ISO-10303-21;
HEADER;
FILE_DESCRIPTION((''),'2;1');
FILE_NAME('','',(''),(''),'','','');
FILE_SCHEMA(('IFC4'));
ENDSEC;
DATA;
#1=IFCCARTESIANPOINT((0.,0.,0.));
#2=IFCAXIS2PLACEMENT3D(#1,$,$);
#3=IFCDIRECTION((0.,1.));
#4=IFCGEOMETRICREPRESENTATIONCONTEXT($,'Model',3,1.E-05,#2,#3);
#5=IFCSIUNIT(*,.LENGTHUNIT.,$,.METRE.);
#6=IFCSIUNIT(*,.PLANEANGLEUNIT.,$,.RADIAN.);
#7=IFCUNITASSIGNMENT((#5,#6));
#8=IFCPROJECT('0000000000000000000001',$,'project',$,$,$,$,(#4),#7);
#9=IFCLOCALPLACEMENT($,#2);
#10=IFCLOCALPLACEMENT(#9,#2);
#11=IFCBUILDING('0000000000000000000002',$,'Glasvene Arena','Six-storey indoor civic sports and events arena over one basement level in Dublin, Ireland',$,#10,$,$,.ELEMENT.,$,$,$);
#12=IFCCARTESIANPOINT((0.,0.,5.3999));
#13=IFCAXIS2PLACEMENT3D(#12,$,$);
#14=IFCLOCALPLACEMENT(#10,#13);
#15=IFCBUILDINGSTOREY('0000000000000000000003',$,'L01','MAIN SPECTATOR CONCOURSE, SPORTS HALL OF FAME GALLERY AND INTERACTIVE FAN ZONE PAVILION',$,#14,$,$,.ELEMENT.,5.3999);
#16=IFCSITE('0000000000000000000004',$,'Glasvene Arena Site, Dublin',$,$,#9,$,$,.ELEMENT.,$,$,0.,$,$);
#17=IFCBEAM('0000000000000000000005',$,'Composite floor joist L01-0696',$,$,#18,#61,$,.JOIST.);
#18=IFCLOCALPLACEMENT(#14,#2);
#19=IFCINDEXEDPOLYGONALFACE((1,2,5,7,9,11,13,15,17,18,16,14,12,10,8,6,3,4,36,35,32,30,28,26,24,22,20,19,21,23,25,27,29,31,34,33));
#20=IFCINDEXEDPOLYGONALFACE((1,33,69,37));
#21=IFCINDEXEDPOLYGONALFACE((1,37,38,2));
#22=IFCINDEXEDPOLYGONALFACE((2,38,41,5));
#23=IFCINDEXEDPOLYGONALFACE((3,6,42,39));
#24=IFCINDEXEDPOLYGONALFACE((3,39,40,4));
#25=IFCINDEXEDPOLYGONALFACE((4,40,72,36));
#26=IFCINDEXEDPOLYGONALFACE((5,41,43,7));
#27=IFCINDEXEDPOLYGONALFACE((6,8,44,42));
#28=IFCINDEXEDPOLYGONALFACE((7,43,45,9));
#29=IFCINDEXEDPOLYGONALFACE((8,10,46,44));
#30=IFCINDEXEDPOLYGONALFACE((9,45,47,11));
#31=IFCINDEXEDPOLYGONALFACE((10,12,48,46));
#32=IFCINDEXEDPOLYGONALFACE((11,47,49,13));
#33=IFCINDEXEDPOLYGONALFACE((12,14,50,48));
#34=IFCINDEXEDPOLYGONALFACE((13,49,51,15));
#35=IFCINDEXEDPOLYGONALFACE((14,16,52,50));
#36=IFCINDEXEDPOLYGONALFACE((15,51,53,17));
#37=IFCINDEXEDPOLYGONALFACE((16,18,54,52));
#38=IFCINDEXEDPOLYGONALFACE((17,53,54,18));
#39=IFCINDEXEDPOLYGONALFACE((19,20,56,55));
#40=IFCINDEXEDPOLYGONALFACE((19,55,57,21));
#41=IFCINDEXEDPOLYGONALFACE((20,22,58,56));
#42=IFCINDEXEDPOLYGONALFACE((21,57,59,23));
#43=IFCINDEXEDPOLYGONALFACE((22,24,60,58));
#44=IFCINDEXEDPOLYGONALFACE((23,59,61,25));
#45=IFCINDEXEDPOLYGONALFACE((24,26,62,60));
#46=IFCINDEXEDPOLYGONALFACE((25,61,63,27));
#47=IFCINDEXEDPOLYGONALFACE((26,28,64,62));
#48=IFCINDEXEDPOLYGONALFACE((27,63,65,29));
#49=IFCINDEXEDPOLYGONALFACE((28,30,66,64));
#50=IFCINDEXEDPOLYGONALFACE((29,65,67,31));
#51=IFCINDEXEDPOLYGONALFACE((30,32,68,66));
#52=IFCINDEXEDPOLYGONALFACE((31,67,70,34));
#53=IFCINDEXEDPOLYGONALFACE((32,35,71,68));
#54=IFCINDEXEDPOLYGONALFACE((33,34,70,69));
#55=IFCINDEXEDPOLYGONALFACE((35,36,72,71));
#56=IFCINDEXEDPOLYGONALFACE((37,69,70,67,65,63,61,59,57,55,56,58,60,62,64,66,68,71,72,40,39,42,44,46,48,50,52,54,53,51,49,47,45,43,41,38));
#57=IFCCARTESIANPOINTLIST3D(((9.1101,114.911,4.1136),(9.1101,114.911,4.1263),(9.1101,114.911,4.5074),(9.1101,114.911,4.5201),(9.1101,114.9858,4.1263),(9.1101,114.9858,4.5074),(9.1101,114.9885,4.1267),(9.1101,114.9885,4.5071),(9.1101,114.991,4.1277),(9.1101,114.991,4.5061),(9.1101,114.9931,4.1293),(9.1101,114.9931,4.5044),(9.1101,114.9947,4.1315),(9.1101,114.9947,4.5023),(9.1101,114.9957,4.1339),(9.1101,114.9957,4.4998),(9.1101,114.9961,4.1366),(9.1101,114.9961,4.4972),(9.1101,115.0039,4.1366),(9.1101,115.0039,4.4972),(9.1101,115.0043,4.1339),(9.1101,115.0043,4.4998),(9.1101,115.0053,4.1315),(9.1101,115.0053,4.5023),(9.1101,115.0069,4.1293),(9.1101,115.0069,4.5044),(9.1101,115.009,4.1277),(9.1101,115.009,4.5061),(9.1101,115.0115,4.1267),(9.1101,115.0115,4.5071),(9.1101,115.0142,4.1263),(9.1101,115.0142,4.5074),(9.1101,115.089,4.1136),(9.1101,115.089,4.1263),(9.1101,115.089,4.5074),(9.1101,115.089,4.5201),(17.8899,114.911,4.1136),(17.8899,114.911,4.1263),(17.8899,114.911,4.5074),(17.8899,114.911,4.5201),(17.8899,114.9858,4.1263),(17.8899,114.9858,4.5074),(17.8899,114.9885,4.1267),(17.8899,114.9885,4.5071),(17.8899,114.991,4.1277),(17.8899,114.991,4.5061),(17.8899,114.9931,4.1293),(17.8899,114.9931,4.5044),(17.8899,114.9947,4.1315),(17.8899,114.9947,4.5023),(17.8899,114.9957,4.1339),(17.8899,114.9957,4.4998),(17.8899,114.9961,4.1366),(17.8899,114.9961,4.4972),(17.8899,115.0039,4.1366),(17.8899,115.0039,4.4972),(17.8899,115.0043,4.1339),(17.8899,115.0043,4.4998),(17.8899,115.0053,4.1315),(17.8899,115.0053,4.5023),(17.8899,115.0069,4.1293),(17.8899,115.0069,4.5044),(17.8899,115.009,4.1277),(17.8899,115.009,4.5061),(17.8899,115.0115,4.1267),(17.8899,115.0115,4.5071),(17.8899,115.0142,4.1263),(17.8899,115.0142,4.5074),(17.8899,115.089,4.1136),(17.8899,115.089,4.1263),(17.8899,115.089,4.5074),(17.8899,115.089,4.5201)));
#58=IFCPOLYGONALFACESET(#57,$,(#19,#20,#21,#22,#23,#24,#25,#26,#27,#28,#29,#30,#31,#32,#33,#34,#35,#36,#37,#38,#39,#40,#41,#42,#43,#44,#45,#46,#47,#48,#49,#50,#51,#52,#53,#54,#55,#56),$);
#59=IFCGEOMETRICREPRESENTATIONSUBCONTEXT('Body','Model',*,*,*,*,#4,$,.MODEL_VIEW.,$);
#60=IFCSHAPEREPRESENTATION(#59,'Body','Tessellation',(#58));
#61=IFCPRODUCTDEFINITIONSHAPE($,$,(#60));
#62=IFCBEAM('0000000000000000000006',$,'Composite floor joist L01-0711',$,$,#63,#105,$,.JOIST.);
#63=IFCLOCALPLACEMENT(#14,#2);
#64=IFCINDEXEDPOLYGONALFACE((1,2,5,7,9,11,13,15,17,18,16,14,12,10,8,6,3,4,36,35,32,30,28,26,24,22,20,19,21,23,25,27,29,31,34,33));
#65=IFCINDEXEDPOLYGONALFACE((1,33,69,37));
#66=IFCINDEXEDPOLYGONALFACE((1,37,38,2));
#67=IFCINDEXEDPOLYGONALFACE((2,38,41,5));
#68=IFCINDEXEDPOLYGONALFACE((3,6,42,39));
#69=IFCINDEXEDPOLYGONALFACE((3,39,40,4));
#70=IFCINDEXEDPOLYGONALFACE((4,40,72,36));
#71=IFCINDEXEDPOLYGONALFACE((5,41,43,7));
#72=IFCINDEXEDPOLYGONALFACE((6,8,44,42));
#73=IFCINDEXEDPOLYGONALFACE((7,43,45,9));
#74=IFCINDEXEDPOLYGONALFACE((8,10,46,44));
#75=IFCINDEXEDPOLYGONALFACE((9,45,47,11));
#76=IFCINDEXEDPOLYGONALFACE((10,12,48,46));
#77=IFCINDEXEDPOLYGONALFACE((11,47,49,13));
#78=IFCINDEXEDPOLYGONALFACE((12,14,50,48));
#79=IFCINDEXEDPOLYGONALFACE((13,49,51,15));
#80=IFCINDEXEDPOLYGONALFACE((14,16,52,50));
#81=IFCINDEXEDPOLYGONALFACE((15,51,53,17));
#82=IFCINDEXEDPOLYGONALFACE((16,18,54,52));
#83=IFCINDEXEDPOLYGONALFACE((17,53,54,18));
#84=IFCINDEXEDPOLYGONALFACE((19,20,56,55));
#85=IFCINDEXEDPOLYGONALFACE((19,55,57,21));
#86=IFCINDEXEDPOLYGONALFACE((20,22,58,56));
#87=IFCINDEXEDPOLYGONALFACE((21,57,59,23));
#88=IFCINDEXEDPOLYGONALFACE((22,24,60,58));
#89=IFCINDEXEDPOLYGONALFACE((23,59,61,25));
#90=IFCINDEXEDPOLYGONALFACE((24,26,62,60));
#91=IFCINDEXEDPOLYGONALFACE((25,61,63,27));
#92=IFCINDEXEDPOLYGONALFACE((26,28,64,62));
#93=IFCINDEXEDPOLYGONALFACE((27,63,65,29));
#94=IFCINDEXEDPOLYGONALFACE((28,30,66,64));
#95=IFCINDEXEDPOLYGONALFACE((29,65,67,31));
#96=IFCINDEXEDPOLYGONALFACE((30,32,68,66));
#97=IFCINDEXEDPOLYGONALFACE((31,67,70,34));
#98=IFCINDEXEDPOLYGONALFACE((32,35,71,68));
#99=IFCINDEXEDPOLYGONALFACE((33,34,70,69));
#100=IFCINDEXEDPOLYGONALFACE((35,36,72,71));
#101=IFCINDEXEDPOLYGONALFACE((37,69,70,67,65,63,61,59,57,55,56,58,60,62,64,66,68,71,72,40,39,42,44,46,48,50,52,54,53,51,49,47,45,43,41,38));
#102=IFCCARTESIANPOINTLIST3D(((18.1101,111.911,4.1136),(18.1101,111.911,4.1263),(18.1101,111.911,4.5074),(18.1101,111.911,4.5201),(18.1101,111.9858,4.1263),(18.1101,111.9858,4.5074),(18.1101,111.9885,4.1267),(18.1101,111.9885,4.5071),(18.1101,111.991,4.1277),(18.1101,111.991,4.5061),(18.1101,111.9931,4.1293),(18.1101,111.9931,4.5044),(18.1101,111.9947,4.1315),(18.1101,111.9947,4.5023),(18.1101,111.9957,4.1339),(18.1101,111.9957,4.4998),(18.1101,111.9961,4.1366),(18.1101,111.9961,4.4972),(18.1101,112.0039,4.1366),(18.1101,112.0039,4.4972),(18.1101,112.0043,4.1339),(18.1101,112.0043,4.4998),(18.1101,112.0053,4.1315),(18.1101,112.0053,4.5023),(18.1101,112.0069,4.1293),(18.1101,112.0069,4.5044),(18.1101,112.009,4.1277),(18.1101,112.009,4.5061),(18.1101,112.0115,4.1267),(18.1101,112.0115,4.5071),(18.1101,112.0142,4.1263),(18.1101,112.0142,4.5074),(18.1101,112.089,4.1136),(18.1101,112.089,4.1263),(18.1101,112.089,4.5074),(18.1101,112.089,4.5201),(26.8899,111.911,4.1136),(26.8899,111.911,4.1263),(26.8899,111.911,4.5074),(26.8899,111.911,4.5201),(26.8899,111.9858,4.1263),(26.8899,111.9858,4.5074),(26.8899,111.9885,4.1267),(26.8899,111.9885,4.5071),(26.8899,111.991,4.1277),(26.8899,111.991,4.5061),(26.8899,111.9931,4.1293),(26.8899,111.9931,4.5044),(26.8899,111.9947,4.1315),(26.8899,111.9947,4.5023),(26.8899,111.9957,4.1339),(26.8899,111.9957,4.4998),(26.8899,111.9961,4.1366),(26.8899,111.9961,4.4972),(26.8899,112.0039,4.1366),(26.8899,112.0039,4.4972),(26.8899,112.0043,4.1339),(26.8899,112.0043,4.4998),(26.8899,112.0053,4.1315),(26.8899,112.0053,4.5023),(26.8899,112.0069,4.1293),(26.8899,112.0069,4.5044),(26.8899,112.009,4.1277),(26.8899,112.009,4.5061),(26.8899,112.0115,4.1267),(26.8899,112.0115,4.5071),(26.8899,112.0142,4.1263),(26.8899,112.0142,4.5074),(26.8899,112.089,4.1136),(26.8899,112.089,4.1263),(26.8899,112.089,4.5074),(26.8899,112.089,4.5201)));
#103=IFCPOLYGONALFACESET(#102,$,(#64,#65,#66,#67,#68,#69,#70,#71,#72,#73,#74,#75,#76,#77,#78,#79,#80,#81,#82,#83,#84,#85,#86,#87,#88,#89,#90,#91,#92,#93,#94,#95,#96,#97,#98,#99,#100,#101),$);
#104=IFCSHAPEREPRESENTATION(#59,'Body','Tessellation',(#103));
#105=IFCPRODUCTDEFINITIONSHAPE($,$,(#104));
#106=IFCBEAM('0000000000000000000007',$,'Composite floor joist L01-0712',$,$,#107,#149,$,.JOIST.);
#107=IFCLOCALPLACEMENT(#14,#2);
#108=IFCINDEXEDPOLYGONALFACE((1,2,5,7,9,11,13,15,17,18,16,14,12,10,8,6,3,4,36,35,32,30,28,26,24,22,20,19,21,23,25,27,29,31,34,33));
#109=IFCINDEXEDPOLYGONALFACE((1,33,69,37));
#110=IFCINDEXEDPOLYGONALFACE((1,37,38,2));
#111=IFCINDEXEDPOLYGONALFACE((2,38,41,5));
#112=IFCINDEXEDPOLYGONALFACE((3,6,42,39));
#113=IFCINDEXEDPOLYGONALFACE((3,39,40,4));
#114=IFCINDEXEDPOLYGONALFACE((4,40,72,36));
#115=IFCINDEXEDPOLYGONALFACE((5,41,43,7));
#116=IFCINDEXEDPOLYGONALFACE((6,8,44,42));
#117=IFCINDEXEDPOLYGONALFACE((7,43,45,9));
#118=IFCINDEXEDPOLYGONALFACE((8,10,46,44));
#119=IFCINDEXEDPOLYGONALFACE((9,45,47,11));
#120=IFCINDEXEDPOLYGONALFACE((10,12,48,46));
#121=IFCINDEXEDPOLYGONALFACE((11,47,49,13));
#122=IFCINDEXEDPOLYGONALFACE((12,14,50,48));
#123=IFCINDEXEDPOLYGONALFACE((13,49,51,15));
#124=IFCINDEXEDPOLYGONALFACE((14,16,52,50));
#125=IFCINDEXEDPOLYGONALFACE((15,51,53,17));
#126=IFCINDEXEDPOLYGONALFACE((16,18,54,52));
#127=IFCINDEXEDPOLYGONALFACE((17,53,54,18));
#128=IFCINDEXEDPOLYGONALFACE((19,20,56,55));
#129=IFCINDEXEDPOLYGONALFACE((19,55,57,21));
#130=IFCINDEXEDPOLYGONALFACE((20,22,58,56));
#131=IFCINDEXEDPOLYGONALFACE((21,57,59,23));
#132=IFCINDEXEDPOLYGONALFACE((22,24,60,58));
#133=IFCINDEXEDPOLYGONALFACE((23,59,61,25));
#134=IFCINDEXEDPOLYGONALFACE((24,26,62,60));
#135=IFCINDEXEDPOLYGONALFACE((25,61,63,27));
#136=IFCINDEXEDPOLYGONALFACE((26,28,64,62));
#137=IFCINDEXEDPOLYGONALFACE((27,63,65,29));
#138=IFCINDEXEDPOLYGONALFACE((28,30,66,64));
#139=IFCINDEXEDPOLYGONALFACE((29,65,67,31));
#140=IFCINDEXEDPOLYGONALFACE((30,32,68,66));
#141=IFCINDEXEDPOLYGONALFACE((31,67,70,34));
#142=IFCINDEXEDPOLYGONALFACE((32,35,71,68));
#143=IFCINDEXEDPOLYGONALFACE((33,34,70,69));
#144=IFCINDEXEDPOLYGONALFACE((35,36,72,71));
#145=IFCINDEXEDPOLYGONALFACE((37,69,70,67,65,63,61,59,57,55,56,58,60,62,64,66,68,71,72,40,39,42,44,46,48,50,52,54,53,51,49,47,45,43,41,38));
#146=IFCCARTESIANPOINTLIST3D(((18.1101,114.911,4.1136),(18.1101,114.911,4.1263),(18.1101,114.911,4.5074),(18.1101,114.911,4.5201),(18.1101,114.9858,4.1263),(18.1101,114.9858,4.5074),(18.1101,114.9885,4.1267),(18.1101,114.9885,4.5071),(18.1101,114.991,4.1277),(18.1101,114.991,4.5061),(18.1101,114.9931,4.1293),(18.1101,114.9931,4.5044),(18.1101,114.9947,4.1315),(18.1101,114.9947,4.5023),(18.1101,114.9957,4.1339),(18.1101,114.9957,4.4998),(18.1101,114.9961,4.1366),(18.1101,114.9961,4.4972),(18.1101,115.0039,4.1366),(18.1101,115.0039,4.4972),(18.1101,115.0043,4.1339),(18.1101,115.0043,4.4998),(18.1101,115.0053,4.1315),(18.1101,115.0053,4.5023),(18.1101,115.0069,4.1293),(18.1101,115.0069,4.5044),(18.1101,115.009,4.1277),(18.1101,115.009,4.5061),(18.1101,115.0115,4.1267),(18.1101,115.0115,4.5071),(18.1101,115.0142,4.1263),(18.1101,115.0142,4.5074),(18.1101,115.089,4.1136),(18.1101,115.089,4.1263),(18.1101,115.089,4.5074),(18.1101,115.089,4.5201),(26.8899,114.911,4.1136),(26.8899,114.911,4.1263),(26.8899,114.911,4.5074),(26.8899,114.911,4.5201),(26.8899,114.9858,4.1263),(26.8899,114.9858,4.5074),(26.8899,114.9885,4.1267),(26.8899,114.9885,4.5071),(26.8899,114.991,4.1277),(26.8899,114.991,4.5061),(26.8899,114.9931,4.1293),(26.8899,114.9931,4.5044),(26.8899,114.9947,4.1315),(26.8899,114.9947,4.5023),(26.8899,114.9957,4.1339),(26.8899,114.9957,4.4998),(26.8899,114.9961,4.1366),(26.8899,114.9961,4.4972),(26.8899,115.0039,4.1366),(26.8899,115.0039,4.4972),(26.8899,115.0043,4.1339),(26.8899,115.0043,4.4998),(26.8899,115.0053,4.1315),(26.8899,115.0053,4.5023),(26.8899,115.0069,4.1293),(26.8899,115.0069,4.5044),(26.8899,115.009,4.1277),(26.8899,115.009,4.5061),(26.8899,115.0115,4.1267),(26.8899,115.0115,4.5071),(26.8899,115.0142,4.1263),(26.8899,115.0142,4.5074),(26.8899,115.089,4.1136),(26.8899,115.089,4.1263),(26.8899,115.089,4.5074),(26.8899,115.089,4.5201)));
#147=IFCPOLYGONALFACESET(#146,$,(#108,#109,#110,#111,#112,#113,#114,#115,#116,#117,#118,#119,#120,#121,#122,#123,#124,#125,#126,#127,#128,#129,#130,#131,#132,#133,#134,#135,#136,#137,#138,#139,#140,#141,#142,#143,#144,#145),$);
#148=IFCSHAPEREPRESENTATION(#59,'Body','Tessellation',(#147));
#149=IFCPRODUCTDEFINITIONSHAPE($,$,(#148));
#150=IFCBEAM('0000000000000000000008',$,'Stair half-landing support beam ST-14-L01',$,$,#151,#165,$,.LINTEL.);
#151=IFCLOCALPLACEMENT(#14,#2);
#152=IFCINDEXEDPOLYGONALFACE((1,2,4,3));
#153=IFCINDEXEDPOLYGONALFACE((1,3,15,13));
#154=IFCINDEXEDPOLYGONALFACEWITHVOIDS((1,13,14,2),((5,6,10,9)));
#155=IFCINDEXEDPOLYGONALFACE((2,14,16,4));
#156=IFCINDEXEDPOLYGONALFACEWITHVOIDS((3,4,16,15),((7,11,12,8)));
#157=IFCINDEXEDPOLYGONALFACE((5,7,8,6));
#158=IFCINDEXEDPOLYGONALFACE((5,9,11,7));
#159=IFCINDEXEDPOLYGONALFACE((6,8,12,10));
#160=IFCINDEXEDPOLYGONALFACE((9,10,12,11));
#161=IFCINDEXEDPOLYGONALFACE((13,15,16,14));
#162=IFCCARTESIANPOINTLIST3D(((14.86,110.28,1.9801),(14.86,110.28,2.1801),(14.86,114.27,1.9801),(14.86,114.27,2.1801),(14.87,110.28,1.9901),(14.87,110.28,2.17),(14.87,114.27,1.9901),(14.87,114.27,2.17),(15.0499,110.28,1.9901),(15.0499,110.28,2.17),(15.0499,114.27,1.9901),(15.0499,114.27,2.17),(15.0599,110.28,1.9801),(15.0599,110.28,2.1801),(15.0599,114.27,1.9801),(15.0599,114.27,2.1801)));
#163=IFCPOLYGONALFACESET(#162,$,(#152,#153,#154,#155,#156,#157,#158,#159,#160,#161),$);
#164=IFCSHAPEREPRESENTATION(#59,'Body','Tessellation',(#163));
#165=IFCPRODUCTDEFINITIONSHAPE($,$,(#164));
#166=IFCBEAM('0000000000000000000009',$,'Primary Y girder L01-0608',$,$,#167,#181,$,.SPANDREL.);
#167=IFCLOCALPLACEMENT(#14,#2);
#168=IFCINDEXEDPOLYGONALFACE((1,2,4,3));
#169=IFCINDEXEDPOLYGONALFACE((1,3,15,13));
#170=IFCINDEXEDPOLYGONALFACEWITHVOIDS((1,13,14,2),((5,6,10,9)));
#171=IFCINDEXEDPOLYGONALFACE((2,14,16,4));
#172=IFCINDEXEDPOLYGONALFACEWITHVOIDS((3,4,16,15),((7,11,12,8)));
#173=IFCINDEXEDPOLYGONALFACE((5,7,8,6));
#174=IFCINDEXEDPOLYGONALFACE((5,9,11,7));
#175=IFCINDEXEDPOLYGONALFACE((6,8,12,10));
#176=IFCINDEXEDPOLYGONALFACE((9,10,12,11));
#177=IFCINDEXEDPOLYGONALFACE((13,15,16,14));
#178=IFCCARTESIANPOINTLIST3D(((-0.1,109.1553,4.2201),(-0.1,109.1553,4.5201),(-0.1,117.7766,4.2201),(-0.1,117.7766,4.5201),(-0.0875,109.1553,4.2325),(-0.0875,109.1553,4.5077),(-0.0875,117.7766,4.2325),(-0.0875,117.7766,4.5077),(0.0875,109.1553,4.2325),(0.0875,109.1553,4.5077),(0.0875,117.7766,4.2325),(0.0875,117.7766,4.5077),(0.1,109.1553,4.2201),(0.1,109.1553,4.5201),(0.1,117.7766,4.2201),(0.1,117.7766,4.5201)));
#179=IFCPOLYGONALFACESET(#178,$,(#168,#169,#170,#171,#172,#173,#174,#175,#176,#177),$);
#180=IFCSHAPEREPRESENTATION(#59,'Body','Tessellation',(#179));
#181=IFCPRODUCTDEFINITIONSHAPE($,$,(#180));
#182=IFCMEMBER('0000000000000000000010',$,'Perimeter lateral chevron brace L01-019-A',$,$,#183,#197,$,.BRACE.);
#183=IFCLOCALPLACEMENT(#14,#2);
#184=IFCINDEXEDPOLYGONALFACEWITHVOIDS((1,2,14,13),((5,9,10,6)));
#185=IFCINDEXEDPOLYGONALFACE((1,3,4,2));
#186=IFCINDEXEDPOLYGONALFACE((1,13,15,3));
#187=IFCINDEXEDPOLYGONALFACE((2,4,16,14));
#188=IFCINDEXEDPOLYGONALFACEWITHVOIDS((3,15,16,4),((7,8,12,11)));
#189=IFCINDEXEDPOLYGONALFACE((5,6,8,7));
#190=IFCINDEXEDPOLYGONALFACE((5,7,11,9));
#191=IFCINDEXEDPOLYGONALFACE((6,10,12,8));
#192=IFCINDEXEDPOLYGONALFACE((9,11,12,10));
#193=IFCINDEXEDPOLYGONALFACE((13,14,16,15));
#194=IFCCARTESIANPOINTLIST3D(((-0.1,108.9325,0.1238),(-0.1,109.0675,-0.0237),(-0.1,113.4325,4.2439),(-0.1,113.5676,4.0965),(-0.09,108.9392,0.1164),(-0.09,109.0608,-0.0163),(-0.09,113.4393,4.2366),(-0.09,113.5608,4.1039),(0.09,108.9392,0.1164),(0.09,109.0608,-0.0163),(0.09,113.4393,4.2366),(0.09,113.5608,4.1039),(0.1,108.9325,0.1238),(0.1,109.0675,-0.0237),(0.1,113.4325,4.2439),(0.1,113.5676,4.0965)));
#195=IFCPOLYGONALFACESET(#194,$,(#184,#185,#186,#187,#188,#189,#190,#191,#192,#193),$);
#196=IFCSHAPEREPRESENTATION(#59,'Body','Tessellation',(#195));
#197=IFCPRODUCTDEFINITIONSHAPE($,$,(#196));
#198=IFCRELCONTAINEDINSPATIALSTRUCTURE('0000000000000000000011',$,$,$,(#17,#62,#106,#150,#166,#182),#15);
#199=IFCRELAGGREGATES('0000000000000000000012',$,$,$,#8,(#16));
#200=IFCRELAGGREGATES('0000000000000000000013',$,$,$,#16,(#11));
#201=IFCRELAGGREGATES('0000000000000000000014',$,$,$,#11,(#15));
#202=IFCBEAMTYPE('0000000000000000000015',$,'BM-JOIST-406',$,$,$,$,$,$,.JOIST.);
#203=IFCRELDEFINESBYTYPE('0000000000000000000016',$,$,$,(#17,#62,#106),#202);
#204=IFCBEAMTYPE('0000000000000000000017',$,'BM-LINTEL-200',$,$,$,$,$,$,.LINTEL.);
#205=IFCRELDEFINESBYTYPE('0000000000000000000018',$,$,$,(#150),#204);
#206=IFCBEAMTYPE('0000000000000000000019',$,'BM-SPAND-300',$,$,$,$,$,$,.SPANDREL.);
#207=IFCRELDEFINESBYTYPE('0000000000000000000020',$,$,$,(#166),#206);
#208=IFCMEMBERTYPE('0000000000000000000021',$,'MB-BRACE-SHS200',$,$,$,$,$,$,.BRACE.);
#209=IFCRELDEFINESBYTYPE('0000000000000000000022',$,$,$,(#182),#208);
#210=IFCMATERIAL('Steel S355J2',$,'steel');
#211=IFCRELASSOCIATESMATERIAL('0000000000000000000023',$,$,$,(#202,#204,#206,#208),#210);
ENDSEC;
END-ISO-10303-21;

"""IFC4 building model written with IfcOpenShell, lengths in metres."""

from ifc_helpers import new_model, si_unit, direction, frame, origin, origin_2d, place, context, subcontext, project, spatial, hollow_rectangle, i_section, extrude, material, material_profile, profile_set, type_object, element, save


model = new_model("IFC4")

# Units and contexts
model_context = context("Model", 3, precision=1e-05, world=origin(), true_north=direction((0.0, 1.0)))
body_context = subcontext(model_context, "Body", "Model", "MODEL_VIEW")
ifc_project = project(units=[si_unit("LENGTHUNIT", "METRE"), si_unit("PLANEANGLEUNIT", "RADIAN")], contexts=[model_context])

# Site, building, storey
site_placement = place(None, origin())
site = spatial("IfcSite", under=ifc_project, at=site_placement, Name="Glasvene Arena Site, Dublin", CompositionType="ELEMENT", RefElevation=0.0)
building_placement = place(site_placement, origin())
building = spatial("IfcBuilding", under=site, at=building_placement, Name="Glasvene Arena", Description="Six-storey indoor civic sports and events arena over one basement level in Dublin, Ireland", CompositionType="ELEMENT")
storey_placement = place(building_placement, frame((0.0, 0.0, 5.3999)))
storey = spatial("IfcBuildingStorey", under=building, at=storey_placement, Name="L01", Description="MAIN SPECTATOR CONCOURSE, SPORTS HALL OF FAME GALLERY AND INTERACTIVE FAN ZONE PAVILION", CompositionType="ELEMENT", Elevation=5.3999)

# Shared definitions
ifc_material_1 = material(Name="Steel S355J2", Category="steel")

# Beams
ifc_material_profile_1 = material_profile(ifc_material_1, i_section(OverallWidth=0.178, OverallDepth=0.4065, WebThickness=0.0078, FlangeThickness=0.0127, FilletRadius=0.0103, at=origin_2d()), Name="UKB 406x178x60")
ifc_profile_set_1 = profile_set([ifc_material_profile_1], Name="Steel S355J2")
beam_type_1 = type_object("IfcBeamType", Name="BM-JOIST-406", PredefinedType="JOIST", material=ifc_profile_set_1)
for number, where, z_axis, x_axis, name in (
    (1, (9.1101, 115.0, 4.3169), (1.0, 0.0, 0.0), (0.0, 1.0, 0.0), "Composite floor joist L01-0696"),
    (2, (18.1101, 112.0, 4.3169), (1.0, 0.0, 0.0), (0.0, 1.0, 0.0), "Composite floor joist L01-0711"),
    (3, (18.1101, 115.0, 4.3169), (1.0, 0.0, 0.0), (0.0, 1.0, 0.0), "Composite floor joist L01-0712"),
):
    element("IfcBeam", number, at=place(storey_placement, frame(where, z_axis=z_axis, x_axis=x_axis)), inside=storey, type_object=beam_type_1, Name=name, PredefinedType="JOIST", context=body_context, shape_type="SweptSolid", body=[
        extrude(i_section(OverallWidth=0.178, OverallDepth=0.4065, WebThickness=0.0078, FlangeThickness=0.0127, FilletRadius=0.0103, at=origin_2d()), origin(), (0.0, 0.0, 1.0), 8.7798),
    ])
ifc_material_profile_2 = material_profile(ifc_material_1, hollow_rectangle(XDim=0.2, YDim=0.2, WallThickness=0.01, at=origin_2d()), Name="SHS 200x200x10.0")
ifc_profile_set_2 = profile_set([ifc_material_profile_2], Name="Steel S355J2")
beam_type_2 = type_object("IfcBeamType", Name="BM-LINTEL-200", PredefinedType="LINTEL", material=ifc_profile_set_2)
beam_1_placement = place(storey_placement, frame((14.96, 110.28, 2.0801), z_axis=(0.0, 1.0, 0.0), x_axis=(-1.0, 0.0, 0.0)))
element("IfcBeam", 4, at=beam_1_placement, inside=storey, type_object=beam_type_2, Name="Stair half-landing support beam ST-14-L01", PredefinedType="LINTEL", context=body_context, shape_type="SweptSolid", body=[
    extrude(hollow_rectangle(XDim=0.2, YDim=0.2, WallThickness=0.01, at=origin_2d()), origin(), (0.0, 0.0, 1.0), 3.99),
])
ifc_material_profile_3 = material_profile(ifc_material_1, hollow_rectangle(XDim=0.2, YDim=0.3, WallThickness=0.0125, at=origin_2d()), Name="RHS 300x200x12.5")
ifc_profile_set_3 = profile_set([ifc_material_profile_3], Name="Steel S355J2")
beam_type_3 = type_object("IfcBeamType", Name="BM-SPAND-300", PredefinedType="SPANDREL", material=ifc_profile_set_3)
beam_2_placement = place(storey_placement, frame((0.0, 109.1553, 4.3701), z_axis=(0.0, 1.0, 0.0), x_axis=(-1.0, 0.0, 0.0)))
element("IfcBeam", 5, at=beam_2_placement, inside=storey, type_object=beam_type_3, Name="Primary Y girder L01-0608", PredefinedType="SPANDREL", context=body_context, shape_type="SweptSolid", body=[
    extrude(hollow_rectangle(XDim=0.2, YDim=0.3, WallThickness=0.0125, at=origin_2d()), origin(), (0.0, 0.0, 1.0), 8.6213),
])

# Member
ifc_material_profile_4 = material_profile(ifc_material_1, hollow_rectangle(XDim=0.2, YDim=0.2, WallThickness=0.01, at=origin_2d()), Name="SHS 200x200x10.0")
ifc_profile_set_4 = profile_set([ifc_material_profile_4], Name="Steel S355J2")
member_type = type_object("IfcMemberType", Name="MB-BRACE-SHS200", PredefinedType="BRACE", material=ifc_profile_set_4)
member_placement = place(storey_placement, frame((0.0, 109.0, 0.05), z_axis=(0.0, 0.737553, 0.67529), x_axis=(-1.0, 0.0, 0.0)))
element("IfcMember", 6, at=member_placement, inside=storey, type_object=member_type, Name="Perimeter lateral chevron brace L01-019-A", PredefinedType="BRACE", context=body_context, shape_type="SweptSolid", body=[
    extrude(hollow_rectangle(XDim=0.2, YDim=0.2, WallThickness=0.01, at=origin_2d()), origin(), (0.0, 0.0, 1.0), 6.1013),
])

save(model, "model.ifc")
